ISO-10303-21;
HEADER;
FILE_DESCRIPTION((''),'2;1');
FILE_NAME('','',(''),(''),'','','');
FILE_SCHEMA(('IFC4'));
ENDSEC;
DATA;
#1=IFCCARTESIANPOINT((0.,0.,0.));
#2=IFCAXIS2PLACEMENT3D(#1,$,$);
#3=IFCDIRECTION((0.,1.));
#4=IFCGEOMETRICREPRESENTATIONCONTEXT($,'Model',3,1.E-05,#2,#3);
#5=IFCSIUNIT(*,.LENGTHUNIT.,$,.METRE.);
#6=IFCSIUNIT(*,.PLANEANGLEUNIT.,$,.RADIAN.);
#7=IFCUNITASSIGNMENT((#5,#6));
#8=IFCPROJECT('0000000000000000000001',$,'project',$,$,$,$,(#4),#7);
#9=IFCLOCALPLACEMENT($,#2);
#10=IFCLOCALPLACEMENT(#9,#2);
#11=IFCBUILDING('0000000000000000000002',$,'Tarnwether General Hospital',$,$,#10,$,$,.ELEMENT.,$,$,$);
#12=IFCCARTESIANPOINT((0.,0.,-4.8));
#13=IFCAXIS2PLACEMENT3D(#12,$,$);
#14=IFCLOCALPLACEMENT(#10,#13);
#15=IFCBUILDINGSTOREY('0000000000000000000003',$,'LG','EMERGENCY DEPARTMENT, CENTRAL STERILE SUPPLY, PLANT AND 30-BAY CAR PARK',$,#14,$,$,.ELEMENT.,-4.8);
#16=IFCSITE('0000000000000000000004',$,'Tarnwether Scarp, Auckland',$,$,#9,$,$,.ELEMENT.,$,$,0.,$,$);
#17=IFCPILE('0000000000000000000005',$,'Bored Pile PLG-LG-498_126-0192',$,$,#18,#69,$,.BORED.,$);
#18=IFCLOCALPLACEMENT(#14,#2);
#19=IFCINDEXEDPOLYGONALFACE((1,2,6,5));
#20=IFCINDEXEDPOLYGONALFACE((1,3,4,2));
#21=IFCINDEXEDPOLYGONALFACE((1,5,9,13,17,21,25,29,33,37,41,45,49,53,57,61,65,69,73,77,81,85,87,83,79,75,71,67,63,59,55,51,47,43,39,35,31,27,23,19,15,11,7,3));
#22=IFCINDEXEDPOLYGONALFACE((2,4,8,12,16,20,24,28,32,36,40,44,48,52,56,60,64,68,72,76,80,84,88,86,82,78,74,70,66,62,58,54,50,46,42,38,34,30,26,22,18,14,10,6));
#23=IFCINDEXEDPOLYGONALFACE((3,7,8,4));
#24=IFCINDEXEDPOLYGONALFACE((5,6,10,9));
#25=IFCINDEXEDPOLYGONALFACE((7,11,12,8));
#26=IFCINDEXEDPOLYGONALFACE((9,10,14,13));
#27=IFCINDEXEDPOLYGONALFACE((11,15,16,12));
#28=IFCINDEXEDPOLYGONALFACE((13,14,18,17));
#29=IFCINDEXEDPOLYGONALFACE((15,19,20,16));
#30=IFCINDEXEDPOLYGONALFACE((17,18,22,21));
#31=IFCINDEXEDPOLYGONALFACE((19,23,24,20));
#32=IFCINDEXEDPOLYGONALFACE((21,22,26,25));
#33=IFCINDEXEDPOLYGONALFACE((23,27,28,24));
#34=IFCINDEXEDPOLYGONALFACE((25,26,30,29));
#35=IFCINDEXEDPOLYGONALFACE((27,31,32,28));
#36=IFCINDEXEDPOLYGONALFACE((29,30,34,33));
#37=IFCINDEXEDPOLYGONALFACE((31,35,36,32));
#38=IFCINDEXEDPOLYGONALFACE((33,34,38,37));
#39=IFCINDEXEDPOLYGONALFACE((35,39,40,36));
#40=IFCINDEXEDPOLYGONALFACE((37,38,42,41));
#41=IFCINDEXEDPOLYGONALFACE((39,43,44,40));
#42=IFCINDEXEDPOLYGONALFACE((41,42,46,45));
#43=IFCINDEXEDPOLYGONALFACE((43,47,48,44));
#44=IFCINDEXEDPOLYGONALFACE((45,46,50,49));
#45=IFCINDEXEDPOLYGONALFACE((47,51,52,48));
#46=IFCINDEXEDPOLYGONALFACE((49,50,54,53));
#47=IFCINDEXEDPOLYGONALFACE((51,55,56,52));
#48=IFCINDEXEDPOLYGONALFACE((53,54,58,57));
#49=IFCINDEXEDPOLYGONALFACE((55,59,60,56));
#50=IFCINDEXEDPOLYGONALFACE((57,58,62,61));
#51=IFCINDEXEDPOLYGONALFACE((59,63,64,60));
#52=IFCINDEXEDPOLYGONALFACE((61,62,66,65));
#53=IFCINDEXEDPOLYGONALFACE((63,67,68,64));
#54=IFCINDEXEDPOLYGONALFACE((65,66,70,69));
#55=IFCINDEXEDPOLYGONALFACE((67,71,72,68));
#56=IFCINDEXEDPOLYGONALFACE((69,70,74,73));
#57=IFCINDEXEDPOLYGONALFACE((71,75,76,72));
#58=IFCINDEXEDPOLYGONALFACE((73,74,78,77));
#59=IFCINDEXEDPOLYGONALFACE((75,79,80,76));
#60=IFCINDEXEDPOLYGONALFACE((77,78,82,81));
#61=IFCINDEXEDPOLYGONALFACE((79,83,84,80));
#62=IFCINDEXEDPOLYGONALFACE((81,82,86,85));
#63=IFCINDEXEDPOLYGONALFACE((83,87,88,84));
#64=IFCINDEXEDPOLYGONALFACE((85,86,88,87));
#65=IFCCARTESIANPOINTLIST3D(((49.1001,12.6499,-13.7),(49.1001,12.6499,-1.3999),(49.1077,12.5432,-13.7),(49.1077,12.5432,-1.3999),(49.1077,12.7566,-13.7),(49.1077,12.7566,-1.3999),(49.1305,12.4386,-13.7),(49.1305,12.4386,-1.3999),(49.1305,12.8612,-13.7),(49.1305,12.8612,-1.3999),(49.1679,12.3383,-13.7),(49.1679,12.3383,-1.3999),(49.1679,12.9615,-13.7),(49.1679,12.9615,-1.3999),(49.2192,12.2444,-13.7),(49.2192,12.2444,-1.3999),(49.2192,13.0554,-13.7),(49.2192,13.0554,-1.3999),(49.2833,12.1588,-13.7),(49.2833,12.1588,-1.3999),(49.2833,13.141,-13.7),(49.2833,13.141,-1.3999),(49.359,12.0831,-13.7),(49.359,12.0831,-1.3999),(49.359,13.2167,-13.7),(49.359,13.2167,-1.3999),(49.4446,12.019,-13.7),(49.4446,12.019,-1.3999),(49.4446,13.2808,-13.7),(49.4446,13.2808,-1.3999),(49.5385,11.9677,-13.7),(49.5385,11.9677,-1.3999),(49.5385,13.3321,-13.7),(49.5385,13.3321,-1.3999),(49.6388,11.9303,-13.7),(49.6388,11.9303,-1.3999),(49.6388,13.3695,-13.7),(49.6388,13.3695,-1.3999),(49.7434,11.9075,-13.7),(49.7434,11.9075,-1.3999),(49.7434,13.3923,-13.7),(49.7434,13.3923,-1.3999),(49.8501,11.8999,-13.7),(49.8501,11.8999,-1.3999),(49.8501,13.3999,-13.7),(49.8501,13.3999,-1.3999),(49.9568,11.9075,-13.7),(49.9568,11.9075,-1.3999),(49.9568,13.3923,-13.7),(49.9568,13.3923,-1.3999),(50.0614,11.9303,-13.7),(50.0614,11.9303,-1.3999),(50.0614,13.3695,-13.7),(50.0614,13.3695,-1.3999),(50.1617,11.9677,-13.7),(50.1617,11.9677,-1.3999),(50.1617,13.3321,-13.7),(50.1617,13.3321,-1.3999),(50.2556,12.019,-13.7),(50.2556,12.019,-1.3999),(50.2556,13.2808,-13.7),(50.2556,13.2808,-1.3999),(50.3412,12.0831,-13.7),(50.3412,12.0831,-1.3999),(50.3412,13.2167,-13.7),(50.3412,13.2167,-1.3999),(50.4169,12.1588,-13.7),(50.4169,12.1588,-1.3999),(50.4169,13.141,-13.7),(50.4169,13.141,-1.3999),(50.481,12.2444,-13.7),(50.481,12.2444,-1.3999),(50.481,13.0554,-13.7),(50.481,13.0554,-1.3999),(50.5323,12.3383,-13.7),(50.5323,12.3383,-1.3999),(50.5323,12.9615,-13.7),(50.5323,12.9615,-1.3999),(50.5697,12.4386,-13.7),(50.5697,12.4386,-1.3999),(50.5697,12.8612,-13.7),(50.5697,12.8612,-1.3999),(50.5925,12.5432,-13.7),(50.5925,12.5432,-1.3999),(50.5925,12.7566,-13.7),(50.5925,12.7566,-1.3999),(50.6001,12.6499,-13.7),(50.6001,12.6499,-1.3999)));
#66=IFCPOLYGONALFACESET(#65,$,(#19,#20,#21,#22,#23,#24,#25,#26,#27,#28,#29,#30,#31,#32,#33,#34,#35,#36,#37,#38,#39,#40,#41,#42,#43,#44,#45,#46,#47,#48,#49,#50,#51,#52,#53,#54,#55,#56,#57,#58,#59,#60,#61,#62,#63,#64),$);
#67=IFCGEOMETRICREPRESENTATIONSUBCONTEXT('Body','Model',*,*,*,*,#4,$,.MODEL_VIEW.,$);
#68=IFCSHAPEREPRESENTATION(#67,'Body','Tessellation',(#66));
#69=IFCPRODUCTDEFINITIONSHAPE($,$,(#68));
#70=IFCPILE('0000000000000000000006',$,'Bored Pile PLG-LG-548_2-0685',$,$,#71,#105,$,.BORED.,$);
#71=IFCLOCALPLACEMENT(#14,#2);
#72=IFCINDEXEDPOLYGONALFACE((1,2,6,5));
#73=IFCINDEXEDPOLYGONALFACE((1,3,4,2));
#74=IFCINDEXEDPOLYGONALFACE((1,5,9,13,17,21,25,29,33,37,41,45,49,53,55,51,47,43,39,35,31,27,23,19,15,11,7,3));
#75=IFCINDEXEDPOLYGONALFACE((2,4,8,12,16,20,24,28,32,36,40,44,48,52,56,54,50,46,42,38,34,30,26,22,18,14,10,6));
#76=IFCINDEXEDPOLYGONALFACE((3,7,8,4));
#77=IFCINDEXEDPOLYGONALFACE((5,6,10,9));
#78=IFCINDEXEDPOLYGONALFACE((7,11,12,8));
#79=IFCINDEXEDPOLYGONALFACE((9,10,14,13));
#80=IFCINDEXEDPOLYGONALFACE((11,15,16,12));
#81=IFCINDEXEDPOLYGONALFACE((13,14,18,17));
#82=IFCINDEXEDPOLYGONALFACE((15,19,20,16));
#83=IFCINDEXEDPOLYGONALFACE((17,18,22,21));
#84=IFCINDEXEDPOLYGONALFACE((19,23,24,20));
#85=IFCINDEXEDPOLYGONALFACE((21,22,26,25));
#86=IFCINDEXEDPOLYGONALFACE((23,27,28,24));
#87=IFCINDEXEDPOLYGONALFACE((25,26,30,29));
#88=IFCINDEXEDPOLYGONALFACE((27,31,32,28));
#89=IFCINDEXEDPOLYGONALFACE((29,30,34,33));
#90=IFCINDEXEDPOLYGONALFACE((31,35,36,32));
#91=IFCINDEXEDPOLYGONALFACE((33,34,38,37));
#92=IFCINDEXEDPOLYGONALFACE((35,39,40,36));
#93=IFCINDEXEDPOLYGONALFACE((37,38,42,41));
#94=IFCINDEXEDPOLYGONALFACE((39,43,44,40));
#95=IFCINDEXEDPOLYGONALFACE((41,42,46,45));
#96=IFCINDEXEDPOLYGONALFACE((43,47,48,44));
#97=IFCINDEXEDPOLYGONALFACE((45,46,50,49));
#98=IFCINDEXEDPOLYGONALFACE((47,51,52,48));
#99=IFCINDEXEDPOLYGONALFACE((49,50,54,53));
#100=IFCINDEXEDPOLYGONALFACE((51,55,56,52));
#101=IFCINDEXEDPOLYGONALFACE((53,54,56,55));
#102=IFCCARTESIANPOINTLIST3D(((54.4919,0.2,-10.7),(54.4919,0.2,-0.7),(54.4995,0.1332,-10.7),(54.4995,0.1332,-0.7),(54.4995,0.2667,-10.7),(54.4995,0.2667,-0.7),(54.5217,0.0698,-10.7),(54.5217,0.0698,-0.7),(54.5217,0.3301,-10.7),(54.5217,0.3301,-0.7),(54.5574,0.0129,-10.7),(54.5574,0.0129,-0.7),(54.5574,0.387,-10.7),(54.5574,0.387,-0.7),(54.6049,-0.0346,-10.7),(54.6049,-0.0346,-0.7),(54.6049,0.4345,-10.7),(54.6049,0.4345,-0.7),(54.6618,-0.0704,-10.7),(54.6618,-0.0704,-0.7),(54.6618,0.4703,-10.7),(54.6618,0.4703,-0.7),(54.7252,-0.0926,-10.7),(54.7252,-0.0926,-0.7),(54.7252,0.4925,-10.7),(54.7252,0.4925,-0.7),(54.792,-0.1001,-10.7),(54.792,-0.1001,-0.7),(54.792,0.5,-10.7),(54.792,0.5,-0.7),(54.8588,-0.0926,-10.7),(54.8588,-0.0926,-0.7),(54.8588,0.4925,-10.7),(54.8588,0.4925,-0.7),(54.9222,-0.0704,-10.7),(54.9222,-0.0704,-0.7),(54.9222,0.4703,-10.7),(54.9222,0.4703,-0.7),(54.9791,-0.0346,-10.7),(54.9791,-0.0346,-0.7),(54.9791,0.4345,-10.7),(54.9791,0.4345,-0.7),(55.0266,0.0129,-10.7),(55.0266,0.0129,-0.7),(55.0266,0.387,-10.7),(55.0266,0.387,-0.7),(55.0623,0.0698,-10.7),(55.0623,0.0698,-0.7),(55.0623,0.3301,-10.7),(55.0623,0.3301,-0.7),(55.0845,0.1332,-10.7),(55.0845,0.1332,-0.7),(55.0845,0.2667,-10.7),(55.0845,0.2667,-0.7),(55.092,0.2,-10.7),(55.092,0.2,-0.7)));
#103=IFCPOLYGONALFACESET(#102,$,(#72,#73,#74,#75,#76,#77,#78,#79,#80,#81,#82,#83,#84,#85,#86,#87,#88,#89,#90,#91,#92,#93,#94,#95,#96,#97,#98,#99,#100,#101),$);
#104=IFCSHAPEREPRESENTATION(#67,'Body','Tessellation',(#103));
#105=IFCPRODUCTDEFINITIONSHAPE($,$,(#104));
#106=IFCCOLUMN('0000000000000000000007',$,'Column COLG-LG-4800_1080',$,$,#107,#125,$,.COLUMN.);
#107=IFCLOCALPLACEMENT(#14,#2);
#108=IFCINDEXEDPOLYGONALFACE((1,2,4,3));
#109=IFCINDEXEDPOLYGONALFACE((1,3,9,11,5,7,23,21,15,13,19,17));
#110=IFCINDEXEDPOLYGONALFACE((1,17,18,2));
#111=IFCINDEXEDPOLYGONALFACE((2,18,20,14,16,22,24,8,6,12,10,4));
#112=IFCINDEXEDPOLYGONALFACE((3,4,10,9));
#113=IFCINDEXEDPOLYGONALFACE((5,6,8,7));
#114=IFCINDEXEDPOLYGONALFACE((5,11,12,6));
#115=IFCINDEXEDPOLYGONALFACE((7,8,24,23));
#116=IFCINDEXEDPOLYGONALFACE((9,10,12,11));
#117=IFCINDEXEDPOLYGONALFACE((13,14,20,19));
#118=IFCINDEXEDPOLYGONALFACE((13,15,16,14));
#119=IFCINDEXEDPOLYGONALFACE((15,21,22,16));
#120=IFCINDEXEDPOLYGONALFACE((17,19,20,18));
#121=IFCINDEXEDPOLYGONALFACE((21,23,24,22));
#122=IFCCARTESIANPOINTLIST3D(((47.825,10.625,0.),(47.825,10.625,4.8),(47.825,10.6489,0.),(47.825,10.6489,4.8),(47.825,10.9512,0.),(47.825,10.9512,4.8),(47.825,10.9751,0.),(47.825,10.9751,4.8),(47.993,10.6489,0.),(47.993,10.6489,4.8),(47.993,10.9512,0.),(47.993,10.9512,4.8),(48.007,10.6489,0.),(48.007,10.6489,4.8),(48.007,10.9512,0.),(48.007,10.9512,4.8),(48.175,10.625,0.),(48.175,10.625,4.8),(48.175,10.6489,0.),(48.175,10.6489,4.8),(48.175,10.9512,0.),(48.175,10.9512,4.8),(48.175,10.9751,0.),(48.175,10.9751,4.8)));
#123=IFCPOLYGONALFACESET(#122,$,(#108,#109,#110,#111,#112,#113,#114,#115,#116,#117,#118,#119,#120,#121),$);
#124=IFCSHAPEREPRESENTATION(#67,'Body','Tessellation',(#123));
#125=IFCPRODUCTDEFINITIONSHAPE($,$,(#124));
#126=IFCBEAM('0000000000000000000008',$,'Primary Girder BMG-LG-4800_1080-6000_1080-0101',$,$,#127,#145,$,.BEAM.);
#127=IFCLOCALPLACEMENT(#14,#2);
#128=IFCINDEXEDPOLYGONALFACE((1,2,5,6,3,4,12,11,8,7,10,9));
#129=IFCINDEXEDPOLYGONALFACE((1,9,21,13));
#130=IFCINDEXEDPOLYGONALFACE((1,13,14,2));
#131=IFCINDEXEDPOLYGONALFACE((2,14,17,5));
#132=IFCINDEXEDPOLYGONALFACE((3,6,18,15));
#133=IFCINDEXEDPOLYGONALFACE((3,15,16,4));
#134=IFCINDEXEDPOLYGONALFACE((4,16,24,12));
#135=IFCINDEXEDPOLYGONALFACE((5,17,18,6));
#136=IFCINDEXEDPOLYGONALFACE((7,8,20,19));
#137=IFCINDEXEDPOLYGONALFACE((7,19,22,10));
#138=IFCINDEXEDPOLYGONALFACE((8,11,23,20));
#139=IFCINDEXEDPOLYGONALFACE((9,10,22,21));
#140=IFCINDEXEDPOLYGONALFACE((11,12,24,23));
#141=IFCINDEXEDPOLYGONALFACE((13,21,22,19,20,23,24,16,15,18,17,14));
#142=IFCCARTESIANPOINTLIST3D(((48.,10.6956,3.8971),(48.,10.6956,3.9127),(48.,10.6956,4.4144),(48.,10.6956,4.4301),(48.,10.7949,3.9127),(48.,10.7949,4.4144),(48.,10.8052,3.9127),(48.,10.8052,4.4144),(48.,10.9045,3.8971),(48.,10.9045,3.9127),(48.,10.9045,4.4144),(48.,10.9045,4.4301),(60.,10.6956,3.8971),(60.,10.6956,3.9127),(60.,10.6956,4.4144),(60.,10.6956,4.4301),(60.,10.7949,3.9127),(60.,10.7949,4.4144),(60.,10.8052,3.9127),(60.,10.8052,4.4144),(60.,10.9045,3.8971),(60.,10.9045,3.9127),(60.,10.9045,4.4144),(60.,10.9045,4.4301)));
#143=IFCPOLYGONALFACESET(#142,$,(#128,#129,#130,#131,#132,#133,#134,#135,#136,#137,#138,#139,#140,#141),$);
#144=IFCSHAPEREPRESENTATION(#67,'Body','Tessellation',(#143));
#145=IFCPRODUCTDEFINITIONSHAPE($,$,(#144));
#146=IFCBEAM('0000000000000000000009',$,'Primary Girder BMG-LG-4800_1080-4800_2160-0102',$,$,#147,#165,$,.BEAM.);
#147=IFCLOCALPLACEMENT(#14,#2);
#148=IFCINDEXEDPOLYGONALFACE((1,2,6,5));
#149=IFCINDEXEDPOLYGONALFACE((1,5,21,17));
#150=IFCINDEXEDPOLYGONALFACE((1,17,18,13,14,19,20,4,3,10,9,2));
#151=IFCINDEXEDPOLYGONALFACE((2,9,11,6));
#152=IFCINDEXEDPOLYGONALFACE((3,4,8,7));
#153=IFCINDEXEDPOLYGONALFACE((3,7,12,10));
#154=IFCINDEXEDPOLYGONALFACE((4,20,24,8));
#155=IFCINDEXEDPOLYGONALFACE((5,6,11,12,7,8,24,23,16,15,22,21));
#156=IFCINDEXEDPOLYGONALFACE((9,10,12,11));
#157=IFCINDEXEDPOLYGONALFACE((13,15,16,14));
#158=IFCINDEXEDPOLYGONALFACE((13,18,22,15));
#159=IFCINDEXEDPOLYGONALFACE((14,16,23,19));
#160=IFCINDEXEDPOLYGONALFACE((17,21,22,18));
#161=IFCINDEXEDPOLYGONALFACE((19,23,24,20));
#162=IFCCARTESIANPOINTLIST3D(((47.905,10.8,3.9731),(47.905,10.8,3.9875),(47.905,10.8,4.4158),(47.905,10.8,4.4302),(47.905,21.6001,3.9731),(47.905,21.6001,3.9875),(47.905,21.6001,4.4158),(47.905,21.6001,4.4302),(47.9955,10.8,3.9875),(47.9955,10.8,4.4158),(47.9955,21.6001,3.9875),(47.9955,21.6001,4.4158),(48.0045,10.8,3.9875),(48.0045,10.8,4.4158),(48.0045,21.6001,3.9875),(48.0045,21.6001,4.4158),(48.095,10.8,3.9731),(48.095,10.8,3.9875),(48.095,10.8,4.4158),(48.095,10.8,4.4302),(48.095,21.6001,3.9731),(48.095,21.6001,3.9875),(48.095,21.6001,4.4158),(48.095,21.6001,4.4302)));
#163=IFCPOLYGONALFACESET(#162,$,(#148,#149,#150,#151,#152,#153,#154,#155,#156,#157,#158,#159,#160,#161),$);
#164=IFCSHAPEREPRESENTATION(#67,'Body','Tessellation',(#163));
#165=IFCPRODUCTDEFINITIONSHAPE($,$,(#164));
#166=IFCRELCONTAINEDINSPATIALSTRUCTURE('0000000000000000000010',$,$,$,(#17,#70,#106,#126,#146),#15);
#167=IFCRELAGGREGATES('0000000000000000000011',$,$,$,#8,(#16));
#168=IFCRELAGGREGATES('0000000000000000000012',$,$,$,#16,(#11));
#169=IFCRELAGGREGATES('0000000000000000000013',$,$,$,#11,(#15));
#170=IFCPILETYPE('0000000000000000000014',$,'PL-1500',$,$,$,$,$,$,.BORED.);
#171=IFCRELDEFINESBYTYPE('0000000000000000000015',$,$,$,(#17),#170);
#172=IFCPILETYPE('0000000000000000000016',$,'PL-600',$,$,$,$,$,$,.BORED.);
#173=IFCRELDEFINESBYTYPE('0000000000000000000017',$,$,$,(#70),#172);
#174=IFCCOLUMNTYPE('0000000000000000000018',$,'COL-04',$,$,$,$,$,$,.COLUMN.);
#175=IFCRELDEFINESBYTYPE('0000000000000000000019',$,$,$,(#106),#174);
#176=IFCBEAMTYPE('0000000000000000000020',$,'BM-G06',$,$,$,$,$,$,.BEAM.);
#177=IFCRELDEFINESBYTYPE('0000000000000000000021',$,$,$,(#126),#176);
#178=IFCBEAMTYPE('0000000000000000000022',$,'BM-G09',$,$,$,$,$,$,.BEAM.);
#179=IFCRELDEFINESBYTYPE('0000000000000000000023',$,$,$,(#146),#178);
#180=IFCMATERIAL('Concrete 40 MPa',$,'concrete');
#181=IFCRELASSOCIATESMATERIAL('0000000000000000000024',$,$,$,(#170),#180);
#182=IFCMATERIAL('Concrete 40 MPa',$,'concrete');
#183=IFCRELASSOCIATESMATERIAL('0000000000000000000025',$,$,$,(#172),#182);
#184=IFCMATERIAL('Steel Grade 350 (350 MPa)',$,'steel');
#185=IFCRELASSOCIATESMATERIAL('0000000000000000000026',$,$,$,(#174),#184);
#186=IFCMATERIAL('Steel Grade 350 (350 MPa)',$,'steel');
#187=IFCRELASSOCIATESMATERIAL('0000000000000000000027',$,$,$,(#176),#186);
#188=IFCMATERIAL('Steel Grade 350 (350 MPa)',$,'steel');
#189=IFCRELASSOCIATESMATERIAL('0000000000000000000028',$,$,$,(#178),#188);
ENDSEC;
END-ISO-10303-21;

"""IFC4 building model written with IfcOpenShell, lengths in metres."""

from ifc_helpers import new_model, si_unit, direction, frame, origin, origin_2d, place, context, subcontext, project, spatial, circle, i_section, extrude, material, material_profile, profile_set, type_object, element, save


model = new_model("IFC4")

# Units and contexts
model_context = context("Model", 3, precision=1e-05, world=origin(), true_north=direction((0.0, 1.0)))
body_context = subcontext(model_context, "Body", "Model", "MODEL_VIEW")
ifc_project = project(units=[si_unit("LENGTHUNIT", "METRE"), si_unit("PLANEANGLEUNIT", "RADIAN")], contexts=[model_context])

# Site, building, storey
site_placement = place(None, origin())
site = spatial("IfcSite", under=ifc_project, at=site_placement, Name="Tarnwether Scarp, Auckland", CompositionType="ELEMENT", RefElevation=0.0)
building_placement = place(site_placement, origin())
building = spatial("IfcBuilding", under=site, at=building_placement, Name="Tarnwether General Hospital", CompositionType="ELEMENT")
storey_placement = place(building_placement, frame((0.0, 0.0, -4.8)))
storey = spatial("IfcBuildingStorey", under=building, at=storey_placement, Name="LG", Description="EMERGENCY DEPARTMENT, CENTRAL STERILE SUPPLY, PLANT AND 30-BAY CAR PARK", CompositionType="ELEMENT", Elevation=-4.8)

# Piles
ifc_material_1 = material(Name="Concrete 40 MPa", Category="concrete")
ifc_material_profile_1 = material_profile(ifc_material_1, circle(Radius=0.75, at=origin_2d()), Name="PILE-D1500")
ifc_profile_set_1 = profile_set([ifc_material_profile_1], Name="Concrete 40 MPa")
pile_type_1 = type_object("IfcPileType", Name="PL-1500", PredefinedType="BORED", material=ifc_profile_set_1)
for number, where, z_axis, x_axis, name in (
    (1, (49.8501, 12.6499, -1.3999), (0.0, 0.0, -1.0), (1.0, 0.0, 0.0), "Bored Pile PLG-LG-498_126-0192"),
):
    element("IfcPile", number, at=place(storey_placement, frame(where, z_axis=z_axis, x_axis=x_axis)), inside=storey, type_object=pile_type_1, Name=name, PredefinedType="BORED", context=body_context, shape_type="SweptSolid", body=[
        extrude(circle(Radius=0.75, at=origin_2d()), origin(), (0.0, 0.0, 1.0), 12.3),
    ])
ifc_material_2 = material(Name="Concrete 40 MPa", Category="concrete")
ifc_material_profile_2 = material_profile(ifc_material_2, circle(Radius=0.3, at=origin_2d()), Name="PILE-D600")
ifc_profile_set_2 = profile_set([ifc_material_profile_2], Name="Concrete 40 MPa")
pile_type_2 = type_object("IfcPileType", Name="PL-600", PredefinedType="BORED", material=ifc_profile_set_2)
pile_1_placement = place(storey_placement, frame((54.792, 0.2, -0.7), z_axis=(0.0, 0.0, -1.0), x_axis=(1.0, 0.0, 0.0)))
element("IfcPile", 2, at=pile_1_placement, inside=storey, type_object=pile_type_2, Name="Bored Pile PLG-LG-548_2-0685", PredefinedType="BORED", context=body_context, shape_type="SweptSolid", body=[
    extrude(circle(Radius=0.3, at=origin_2d()), origin(), (0.0, 0.0, 1.0), 10.0),
])

# Column
ifc_material_3 = material(Name="Steel Grade 350 (350 MPa)", Category="steel")
ifc_material_profile_3 = material_profile(ifc_material_3, i_section(OverallWidth=0.3501, OverallDepth=0.3501, WebThickness=0.0139, FlangeThickness=0.0239, at=origin_2d()), Name="350WC197")
ifc_profile_set_3 = profile_set([ifc_material_profile_3], Name="Steel Grade 350 (350 MPa)")
column_type = type_object("IfcColumnType", Name="COL-04", PredefinedType="COLUMN", material=ifc_profile_set_3)
column_placement = place(storey_placement, frame((48.0, 10.8, 0.0), z_axis=(0.0, 0.0, 1.0), x_axis=(1.0, 0.0, 0.0)))
element("IfcColumn", 3, at=column_placement, inside=storey, type_object=column_type, Name="Column COLG-LG-4800_1080", PredefinedType="COLUMN", context=body_context, shape_type="SweptSolid", body=[
    extrude(i_section(OverallWidth=0.3501, OverallDepth=0.3501, WebThickness=0.0139, FlangeThickness=0.0239, at=origin_2d()), origin(), (0.0, 0.0, 1.0), 4.8),
])

# Beams
ifc_material_4 = material(Name="Steel Grade 350 (350 MPa)", Category="steel")
ifc_material_profile_4 = material_profile(ifc_material_4, i_section(OverallWidth=0.209, OverallDepth=0.533, WebThickness=0.0103, FlangeThickness=0.0156, at=origin_2d()), Name="530UB92.4")
ifc_profile_set_4 = profile_set([ifc_material_profile_4], Name="Steel Grade 350 (350 MPa)")
beam_type_1 = type_object("IfcBeamType", Name="BM-G06", PredefinedType="BEAM", material=ifc_profile_set_4)
beam_1_placement = place(storey_placement, frame((48.0, 10.8, 4.1636), z_axis=(1.0, 0.0, 0.0), x_axis=(0.0, 1.0, 0.0)))
element("IfcBeam", 4, at=beam_1_placement, inside=storey, type_object=beam_type_1, Name="Primary Girder BMG-LG-4800_1080-6000_1080-0101", PredefinedType="BEAM", context=body_context, shape_type="SweptSolid", body=[
    extrude(i_section(OverallWidth=0.209, OverallDepth=0.533, WebThickness=0.0103, FlangeThickness=0.0156, at=origin_2d()), origin(), (0.0, 0.0, 1.0), 12.0),
])
ifc_material_5 = material(Name="Steel Grade 350 (350 MPa)", Category="steel")
ifc_material_profile_5 = material_profile(ifc_material_5, i_section(OverallWidth=0.1899, OverallDepth=0.457, WebThickness=0.009, FlangeThickness=0.0144, at=origin_2d()), Name="460UB74.6")
ifc_profile_set_5 = profile_set([ifc_material_profile_5], Name="Steel Grade 350 (350 MPa)")
beam_type_2 = type_object("IfcBeamType", Name="BM-G09", PredefinedType="BEAM", material=ifc_profile_set_5)
beam_2_placement = place(storey_placement, frame((48.0, 10.8, 4.2017), z_axis=(0.0, 1.0, 0.0), x_axis=(-1.0, 0.0, 0.0)))
element("IfcBeam", 5, at=beam_2_placement, inside=storey, type_object=beam_type_2, Name="Primary Girder BMG-LG-4800_1080-4800_2160-0102", PredefinedType="BEAM", context=body_context, shape_type="SweptSolid", body=[
    extrude(i_section(OverallWidth=0.1899, OverallDepth=0.457, WebThickness=0.009, FlangeThickness=0.0144, at=origin_2d()), origin(), (0.0, 0.0, 1.0), 10.8),
])

save(model, "model.ifc")
